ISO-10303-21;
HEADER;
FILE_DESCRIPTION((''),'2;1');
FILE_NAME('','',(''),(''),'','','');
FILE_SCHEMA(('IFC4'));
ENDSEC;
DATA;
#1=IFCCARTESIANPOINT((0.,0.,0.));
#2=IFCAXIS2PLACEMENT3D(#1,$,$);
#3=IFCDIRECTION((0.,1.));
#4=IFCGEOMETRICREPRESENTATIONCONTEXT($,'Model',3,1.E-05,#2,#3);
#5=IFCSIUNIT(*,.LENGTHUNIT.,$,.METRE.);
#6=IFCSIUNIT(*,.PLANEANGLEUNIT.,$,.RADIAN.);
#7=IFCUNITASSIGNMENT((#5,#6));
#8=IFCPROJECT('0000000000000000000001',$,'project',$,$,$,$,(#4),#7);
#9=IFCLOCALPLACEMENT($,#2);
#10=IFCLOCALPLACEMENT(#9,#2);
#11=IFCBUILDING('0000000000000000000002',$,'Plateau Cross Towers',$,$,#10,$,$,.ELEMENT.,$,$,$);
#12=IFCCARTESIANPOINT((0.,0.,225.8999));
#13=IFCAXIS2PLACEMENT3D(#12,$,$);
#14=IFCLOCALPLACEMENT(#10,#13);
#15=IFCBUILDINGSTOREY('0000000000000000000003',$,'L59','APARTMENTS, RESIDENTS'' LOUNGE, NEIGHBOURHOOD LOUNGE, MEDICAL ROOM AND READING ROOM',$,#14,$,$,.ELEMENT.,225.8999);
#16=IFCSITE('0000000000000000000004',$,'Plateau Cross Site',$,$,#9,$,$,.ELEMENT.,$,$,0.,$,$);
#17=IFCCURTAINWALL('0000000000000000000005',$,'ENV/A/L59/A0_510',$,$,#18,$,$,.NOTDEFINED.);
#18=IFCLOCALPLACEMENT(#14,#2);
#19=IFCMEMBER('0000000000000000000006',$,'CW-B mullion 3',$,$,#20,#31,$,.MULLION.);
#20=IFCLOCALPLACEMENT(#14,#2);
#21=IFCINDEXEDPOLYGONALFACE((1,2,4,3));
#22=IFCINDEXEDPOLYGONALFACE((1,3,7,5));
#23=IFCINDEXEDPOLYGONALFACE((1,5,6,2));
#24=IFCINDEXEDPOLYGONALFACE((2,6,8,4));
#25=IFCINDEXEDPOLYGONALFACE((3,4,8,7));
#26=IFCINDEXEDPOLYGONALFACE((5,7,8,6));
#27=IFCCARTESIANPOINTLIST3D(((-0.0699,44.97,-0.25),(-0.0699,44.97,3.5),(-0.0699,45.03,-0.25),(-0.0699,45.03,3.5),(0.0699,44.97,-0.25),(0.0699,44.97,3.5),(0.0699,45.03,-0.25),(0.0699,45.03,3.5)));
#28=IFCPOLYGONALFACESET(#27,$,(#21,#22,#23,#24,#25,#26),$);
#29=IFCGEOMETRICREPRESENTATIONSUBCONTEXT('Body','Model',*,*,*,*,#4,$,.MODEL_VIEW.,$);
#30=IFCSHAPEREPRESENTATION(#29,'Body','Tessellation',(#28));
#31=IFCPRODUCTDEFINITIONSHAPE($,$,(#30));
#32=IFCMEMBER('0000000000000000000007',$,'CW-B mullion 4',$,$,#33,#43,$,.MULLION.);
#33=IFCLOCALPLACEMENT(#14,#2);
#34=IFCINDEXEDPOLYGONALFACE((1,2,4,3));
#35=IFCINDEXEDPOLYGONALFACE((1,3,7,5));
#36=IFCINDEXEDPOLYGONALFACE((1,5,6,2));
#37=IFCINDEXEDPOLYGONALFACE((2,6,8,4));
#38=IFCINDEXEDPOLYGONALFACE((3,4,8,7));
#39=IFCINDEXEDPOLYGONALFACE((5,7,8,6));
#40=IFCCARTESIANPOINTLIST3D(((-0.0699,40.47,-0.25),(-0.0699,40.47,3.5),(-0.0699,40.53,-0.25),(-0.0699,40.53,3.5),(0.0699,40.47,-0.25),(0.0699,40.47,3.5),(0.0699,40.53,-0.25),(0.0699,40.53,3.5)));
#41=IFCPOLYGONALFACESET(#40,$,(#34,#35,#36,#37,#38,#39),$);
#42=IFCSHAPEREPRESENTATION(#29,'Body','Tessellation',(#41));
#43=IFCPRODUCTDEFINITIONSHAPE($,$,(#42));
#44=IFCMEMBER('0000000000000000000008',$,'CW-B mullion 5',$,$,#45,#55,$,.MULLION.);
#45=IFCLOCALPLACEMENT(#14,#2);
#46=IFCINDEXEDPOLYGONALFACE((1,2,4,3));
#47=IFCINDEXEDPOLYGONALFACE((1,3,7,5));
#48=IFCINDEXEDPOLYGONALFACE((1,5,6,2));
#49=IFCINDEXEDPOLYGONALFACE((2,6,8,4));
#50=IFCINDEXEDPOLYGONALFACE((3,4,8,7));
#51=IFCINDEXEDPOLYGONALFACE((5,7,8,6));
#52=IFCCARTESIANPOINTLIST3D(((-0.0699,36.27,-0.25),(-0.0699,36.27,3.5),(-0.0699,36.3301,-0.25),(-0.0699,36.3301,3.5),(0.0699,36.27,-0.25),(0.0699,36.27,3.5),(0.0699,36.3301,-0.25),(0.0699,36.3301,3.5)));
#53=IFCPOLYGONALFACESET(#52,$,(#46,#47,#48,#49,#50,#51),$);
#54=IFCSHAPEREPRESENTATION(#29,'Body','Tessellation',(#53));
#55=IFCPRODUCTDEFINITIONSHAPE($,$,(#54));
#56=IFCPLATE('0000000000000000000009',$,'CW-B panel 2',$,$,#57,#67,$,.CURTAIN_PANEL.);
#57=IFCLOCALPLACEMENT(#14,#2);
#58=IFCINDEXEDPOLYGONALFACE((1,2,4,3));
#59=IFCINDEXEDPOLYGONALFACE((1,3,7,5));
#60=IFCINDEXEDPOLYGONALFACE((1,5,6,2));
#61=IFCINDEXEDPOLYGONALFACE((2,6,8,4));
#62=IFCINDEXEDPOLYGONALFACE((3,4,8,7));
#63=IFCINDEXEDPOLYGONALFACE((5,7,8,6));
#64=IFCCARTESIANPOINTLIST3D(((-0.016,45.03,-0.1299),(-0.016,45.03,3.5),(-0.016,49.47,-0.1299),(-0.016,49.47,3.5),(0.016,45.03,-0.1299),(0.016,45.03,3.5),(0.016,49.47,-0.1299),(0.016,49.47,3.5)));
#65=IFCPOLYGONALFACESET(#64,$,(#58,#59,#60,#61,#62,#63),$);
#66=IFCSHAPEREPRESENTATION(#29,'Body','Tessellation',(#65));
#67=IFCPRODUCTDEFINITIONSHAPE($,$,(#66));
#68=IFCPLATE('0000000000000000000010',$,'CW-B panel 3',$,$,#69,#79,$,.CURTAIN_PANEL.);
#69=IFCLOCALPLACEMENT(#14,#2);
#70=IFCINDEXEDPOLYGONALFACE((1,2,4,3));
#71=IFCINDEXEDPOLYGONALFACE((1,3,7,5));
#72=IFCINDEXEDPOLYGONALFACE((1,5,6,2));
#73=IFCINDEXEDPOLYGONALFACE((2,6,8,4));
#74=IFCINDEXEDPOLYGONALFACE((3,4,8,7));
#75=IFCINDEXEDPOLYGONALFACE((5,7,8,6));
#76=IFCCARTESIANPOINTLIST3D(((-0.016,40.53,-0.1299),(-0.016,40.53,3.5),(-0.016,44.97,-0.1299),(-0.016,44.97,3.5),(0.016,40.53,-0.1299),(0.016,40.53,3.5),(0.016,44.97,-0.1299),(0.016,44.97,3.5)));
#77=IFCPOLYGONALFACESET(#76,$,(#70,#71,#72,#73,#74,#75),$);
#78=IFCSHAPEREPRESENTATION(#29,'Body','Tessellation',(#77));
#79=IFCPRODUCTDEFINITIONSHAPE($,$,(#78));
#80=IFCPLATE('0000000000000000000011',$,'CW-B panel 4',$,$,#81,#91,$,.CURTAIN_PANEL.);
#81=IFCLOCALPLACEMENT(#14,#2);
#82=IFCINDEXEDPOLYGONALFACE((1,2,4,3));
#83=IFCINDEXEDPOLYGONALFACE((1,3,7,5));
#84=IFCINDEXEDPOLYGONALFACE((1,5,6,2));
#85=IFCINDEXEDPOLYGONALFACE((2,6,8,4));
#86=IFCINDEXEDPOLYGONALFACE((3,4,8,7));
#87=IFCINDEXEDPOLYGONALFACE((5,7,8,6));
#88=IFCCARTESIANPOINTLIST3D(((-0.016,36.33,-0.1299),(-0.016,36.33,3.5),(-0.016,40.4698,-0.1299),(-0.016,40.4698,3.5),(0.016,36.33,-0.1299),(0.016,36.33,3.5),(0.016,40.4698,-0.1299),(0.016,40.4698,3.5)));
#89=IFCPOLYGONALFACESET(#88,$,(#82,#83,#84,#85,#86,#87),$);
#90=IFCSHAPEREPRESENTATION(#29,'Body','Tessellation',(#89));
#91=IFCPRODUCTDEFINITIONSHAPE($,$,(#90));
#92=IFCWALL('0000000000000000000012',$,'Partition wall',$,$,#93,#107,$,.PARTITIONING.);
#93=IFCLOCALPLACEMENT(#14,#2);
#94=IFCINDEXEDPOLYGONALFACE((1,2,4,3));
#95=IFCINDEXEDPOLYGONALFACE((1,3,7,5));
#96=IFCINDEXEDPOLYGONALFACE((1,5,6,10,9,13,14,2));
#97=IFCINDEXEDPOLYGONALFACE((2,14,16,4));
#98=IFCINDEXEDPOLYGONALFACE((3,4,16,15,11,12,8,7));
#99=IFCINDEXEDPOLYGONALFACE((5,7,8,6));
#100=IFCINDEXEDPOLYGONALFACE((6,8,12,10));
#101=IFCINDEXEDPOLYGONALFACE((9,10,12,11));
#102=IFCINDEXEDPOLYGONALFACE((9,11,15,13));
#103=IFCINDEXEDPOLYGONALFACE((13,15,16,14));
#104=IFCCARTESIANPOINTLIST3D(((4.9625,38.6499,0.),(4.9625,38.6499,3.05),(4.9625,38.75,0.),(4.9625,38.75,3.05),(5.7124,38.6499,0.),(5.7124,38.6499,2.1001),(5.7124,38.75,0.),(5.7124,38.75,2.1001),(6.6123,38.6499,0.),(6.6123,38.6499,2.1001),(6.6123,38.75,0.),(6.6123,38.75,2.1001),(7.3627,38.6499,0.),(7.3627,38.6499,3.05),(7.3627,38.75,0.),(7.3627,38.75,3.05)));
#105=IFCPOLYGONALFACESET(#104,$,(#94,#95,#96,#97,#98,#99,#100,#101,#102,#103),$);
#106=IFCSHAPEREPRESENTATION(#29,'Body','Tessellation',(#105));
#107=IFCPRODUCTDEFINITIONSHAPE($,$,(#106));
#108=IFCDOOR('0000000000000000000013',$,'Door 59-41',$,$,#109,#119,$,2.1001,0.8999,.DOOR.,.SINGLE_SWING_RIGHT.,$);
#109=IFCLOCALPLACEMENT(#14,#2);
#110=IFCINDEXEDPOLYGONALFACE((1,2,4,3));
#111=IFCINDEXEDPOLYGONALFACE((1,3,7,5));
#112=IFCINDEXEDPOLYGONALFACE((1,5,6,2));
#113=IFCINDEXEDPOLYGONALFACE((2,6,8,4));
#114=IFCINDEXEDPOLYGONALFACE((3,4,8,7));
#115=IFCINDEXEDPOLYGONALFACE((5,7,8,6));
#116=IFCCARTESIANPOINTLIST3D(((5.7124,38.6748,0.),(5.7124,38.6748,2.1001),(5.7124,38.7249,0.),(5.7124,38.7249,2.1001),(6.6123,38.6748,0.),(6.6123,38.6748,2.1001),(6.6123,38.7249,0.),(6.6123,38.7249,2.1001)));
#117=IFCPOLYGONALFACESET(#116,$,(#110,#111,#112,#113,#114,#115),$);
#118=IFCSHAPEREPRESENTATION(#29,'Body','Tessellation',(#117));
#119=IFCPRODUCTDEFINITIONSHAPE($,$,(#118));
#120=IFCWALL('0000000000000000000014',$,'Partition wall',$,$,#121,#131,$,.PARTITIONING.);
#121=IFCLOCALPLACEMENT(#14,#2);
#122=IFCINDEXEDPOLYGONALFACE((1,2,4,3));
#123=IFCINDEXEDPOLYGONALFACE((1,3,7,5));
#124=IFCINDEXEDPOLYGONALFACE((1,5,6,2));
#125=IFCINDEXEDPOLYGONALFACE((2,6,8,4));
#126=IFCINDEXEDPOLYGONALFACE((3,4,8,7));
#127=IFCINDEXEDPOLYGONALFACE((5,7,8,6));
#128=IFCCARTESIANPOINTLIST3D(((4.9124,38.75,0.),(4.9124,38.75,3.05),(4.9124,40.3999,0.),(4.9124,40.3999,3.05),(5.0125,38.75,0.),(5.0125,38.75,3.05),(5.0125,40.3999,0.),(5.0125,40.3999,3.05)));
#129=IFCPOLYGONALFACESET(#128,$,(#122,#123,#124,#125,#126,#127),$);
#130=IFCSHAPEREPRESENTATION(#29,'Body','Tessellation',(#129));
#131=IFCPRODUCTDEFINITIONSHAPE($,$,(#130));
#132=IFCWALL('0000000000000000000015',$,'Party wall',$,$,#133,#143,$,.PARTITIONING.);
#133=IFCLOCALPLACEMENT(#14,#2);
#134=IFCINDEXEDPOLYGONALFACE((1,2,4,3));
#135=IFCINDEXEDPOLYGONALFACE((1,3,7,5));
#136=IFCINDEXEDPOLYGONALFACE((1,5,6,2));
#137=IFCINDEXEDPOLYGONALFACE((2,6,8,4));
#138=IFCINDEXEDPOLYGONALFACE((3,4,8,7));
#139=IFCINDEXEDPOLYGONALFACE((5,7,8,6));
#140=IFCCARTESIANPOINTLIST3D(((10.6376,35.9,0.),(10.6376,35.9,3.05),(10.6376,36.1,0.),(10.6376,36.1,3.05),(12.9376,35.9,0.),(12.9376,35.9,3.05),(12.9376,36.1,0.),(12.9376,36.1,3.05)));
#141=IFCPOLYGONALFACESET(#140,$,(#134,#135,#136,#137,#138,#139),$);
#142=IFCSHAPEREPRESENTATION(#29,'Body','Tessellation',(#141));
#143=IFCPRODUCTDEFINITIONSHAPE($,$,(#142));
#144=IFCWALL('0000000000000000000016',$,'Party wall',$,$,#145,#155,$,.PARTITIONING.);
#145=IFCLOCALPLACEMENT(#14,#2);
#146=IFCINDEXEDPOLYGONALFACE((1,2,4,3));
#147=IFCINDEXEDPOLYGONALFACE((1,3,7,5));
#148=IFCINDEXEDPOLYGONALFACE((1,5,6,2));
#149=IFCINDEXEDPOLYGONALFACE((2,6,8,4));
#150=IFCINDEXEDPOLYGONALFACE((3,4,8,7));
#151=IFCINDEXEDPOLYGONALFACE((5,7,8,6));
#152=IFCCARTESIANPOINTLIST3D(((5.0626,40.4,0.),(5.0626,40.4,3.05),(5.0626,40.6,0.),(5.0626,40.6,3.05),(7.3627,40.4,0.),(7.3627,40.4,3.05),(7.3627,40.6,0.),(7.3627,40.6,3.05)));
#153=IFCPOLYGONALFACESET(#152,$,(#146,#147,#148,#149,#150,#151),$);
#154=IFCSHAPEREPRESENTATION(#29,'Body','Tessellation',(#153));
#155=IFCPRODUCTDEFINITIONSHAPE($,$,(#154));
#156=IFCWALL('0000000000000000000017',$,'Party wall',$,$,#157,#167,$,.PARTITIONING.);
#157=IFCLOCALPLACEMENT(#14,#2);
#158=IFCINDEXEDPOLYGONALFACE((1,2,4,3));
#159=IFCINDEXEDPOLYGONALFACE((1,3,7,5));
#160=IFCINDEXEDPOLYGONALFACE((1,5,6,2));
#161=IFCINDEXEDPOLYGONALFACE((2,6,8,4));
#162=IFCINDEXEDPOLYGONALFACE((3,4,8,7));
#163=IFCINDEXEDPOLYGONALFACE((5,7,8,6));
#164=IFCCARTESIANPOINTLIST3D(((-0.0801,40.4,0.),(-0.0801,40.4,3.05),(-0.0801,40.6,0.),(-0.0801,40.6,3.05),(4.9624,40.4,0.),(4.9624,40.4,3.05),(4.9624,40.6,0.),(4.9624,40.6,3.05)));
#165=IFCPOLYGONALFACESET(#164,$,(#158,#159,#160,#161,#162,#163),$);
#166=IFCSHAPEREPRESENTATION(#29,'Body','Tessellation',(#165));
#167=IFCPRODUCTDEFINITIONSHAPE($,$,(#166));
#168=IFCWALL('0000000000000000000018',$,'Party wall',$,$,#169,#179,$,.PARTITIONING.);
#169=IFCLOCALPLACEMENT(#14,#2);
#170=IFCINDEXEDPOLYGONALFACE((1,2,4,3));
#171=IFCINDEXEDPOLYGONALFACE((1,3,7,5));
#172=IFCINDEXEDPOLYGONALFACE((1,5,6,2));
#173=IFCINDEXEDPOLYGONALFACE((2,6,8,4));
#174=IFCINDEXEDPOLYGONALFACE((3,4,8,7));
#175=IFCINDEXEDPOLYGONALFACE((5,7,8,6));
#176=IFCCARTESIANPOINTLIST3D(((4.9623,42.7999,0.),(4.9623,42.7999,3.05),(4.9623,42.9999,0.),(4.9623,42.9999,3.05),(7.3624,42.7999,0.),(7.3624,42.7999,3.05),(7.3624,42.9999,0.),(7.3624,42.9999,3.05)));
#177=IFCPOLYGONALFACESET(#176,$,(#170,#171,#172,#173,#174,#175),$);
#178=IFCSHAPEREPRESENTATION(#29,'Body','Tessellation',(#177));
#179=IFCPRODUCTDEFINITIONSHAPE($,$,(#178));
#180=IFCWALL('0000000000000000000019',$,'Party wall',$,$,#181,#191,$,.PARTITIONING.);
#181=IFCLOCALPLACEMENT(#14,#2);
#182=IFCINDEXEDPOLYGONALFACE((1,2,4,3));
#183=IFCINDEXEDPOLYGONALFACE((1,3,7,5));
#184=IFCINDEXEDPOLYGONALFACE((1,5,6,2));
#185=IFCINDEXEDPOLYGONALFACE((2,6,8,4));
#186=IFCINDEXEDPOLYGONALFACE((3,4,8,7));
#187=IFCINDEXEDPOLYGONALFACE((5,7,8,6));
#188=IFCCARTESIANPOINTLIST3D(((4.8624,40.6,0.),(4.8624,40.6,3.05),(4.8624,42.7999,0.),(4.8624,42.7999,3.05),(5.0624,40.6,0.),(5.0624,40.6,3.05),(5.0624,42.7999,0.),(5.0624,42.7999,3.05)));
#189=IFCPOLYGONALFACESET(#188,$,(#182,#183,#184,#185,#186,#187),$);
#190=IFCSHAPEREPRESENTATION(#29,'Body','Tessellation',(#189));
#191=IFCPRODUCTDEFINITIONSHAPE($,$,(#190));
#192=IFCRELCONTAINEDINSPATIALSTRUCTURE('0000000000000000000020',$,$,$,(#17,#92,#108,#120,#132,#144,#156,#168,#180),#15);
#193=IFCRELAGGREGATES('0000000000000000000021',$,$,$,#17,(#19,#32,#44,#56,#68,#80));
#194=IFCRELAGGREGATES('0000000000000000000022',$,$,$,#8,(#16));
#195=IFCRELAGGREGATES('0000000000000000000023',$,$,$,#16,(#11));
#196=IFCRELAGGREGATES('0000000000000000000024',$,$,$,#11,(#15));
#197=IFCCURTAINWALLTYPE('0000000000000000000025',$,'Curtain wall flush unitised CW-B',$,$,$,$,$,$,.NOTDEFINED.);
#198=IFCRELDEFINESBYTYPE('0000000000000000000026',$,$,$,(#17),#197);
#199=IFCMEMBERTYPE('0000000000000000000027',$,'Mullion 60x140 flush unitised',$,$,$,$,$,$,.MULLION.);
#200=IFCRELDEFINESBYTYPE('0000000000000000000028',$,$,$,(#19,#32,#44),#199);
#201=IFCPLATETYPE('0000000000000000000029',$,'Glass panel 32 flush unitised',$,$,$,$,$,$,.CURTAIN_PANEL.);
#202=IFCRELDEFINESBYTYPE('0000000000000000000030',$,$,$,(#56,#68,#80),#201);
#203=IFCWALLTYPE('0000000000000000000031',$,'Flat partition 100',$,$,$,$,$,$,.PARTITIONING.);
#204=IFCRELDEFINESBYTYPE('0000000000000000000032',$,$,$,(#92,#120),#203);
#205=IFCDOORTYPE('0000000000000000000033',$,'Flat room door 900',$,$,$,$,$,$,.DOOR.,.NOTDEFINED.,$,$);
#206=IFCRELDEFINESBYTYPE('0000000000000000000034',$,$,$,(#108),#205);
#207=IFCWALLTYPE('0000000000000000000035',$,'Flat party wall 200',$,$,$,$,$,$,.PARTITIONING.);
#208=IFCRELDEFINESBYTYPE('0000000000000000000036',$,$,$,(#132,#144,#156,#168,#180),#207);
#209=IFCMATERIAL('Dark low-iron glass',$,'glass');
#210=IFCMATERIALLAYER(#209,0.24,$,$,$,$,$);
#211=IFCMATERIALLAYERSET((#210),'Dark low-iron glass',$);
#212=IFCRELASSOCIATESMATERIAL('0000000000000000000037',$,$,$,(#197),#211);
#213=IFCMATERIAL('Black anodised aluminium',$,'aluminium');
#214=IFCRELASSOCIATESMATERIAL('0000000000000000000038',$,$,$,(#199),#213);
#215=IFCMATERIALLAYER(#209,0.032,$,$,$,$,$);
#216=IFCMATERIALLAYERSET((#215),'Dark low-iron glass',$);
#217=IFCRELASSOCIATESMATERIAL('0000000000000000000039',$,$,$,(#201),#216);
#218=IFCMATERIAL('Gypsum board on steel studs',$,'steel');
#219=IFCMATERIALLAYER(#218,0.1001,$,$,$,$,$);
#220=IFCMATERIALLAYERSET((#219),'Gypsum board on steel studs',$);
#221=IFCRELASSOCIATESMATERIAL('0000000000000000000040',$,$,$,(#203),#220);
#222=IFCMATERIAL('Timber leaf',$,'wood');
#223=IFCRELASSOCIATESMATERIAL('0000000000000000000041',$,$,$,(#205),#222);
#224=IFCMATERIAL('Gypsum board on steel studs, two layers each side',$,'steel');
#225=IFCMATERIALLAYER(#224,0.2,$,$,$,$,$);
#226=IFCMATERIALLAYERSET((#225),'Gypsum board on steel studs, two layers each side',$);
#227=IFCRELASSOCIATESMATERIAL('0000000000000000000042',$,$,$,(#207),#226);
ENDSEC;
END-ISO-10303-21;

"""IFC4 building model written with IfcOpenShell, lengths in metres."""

from ifc_helpers import new_model, si_unit, direction, frame, frame_2d, origin, origin_2d, place, context, subcontext, project, spatial, rectangle, extrude, material, layer, layer_set, material_profile, profile_set, type_object, element, fill, aggregate, save


model = new_model("IFC4")

# Units and contexts
model_context = context("Model", 3, precision=1e-05, world=origin(), true_north=direction((0.0, 1.0)))
body_context = subcontext(model_context, "Body", "Model", "MODEL_VIEW")
ifc_project = project(units=[si_unit("LENGTHUNIT", "METRE"), si_unit("PLANEANGLEUNIT", "RADIAN")], contexts=[model_context])

# Site, building, storey
site_placement = place(None, origin())
site = spatial("IfcSite", under=ifc_project, at=site_placement, Name="Plateau Cross Site", CompositionType="ELEMENT", RefElevation=0.0)
building_placement = place(site_placement, origin())
building = spatial("IfcBuilding", under=site, at=building_placement, Name="Plateau Cross Towers", CompositionType="ELEMENT")
storey_placement = place(building_placement, frame((0.0, 0.0, 225.8999)))
storey = spatial("IfcBuildingStorey", under=building, at=storey_placement, Name="L59", Description="APARTMENTS, RESIDENTS' LOUNGE, NEIGHBOURHOOD LOUNGE, MEDICAL ROOM AND READING ROOM", CompositionType="ELEMENT", Elevation=225.8999)

# Curtain wall, members, plates
ifc_material_1 = material(Name="Dark low-iron glass", Category="glass")
ifc_layer_1 = layer(ifc_material_1, 0.24)
ifc_layer_set_1 = layer_set([ifc_layer_1], Name="Dark low-iron glass")
curtain_wall_type = type_object("IfcCurtainWallType", Name="Curtain wall flush unitised CW-B", PredefinedType="NOTDEFINED", material=ifc_layer_set_1)
curtain_wall_placement = place(storey_placement, origin())
curtain_wall = element("IfcCurtainWall", 1, at=curtain_wall_placement, inside=storey, type_object=curtain_wall_type, Name="ENV/A/L59/A0_510", PredefinedType="NOTDEFINED")
ifc_material_2 = material(Name="Black anodised aluminium", Category="aluminium")
ifc_material_profile = material_profile(ifc_material_2, rectangle(XDim=0.0601, YDim=0.1399, at=origin_2d()), Name="MULLION 60x140")
ifc_profile_set = profile_set([ifc_material_profile], Name="Black anodised aluminium")
member_type = type_object("IfcMemberType", Name="Mullion 60x140 flush unitised", PredefinedType="MULLION", material=ifc_profile_set)
member_1_placement = place(storey_placement, frame((0.0, 45.0, -0.25), z_axis=(0.0, 0.0, 1.0), x_axis=(0.0, -1.0, 0.0)))
member_1 = element("IfcMember", 2, at=member_1_placement, type_object=member_type, Name="CW-B mullion 3", PredefinedType="MULLION", context=body_context, shape_type="SweptSolid", body=[
    extrude(rectangle(XDim=0.0601, YDim=0.1399, at=origin_2d()), origin(), (0.0, 0.0, 1.0), 3.75),
])
member_2_placement = place(storey_placement, frame((0.0, 40.5, -0.25), z_axis=(0.0, 0.0, 1.0), x_axis=(0.0, -1.0, 0.0)))
member_2 = element("IfcMember", 3, at=member_2_placement, type_object=member_type, Name="CW-B mullion 4", PredefinedType="MULLION", context=body_context, shape_type="SweptSolid", body=[
    extrude(rectangle(XDim=0.0601, YDim=0.1399, at=origin_2d()), origin(), (0.0, 0.0, 1.0), 3.75),
])
member_3_placement = place(storey_placement, frame((0.0, 36.3, -0.25), z_axis=(0.0, 0.0, 1.0), x_axis=(0.0, -1.0, 0.0)))
member_3 = element("IfcMember", 4, at=member_3_placement, type_object=member_type, Name="CW-B mullion 5", PredefinedType="MULLION", context=body_context, shape_type="SweptSolid", body=[
    extrude(rectangle(XDim=0.0601, YDim=0.1399, at=origin_2d()), origin(), (0.0, 0.0, 1.0), 3.75),
])
ifc_layer_2 = layer(ifc_material_1, 0.032)
ifc_layer_set_2 = layer_set([ifc_layer_2], Name="Dark low-iron glass")
plate_type = type_object("IfcPlateType", Name="Glass panel 32 flush unitised", PredefinedType="CURTAIN_PANEL", material=ifc_layer_set_2)
plate_1_placement = place(storey_placement, frame((0.0, 47.25, -0.1299), z_axis=(0.0, 0.0, 1.0), x_axis=(0.0, -1.0, 0.0)))
plate_1 = element("IfcPlate", 5, at=plate_1_placement, type_object=plate_type, Name="CW-B panel 2", PredefinedType="CURTAIN_PANEL", context=body_context, shape_type="SweptSolid", body=[
    extrude(rectangle(XDim=4.4399, YDim=0.032, at=origin_2d()), origin(), (0.0, 0.0, 1.0), 3.6299),
])
plate_2_placement = place(storey_placement, frame((0.0, 42.75, -0.1299), z_axis=(0.0, 0.0, 1.0), x_axis=(0.0, -1.0, 0.0)))
plate_2 = element("IfcPlate", 6, at=plate_2_placement, type_object=plate_type, Name="CW-B panel 3", PredefinedType="CURTAIN_PANEL", context=body_context, shape_type="SweptSolid", body=[
    extrude(rectangle(XDim=4.4399, YDim=0.032, at=origin_2d()), origin(), (0.0, 0.0, 1.0), 3.6299),
])
plate_3_placement = place(storey_placement, frame((0.0, 38.3999, -0.1299), z_axis=(0.0, 0.0, 1.0), x_axis=(0.0, -1.0, 0.0)))
plate_3 = element("IfcPlate", 7, at=plate_3_placement, type_object=plate_type, Name="CW-B panel 4", PredefinedType="CURTAIN_PANEL", context=body_context, shape_type="SweptSolid", body=[
    extrude(rectangle(XDim=4.1399, YDim=0.032, at=origin_2d()), origin(), (0.0, 0.0, 1.0), 3.6299),
])
aggregate(curtain_wall, [member_1, member_2, member_3, plate_1, plate_2, plate_3])

# Wall, opening, door
ifc_material_3 = material(Name="Gypsum board on steel studs", Category="steel")
ifc_layer_3 = layer(ifc_material_3, 0.1001)
ifc_layer_set_3 = layer_set([ifc_layer_3], Name="Gypsum board on steel studs")
wall_type_1 = type_object("IfcWallType", Name="Flat partition 100", PredefinedType="PARTITIONING", material=ifc_layer_set_3)
wall_1_placement = place(storey_placement, frame((4.9624, 38.7, 0.0), z_axis=(0.0, 0.0, 1.0), x_axis=(1.0, 0.0, 0.0)))
wall_1 = element("IfcWall", 8, at=wall_1_placement, inside=storey, type_object=wall_type_1, Name="Partition wall", PredefinedType="PARTITIONING", context=body_context, shape_type="SweptSolid", body=[
    extrude(rectangle(XDim=2.4001, YDim=0.1001, at=frame_2d((1.2002, 0.0))), origin(), (0.0, 0.0, 1.0), 3.05),
])
opening_1_placement = place(wall_1_placement, frame((0.75, 0.0, 0.0)))
opening_1 = element("IfcOpeningElement", 9, at=opening_1_placement, cuts=wall_1, PredefinedType="OPENING", context=body_context, shape_type="SweptSolid", body=[
    extrude(rectangle(XDim=0.8999, YDim=2.1001, at=frame_2d((0.45, 1.05))), frame((0.0, 0.0601, 0.0), z_axis=(0.0, -1.0, 0.0), x_axis=(1.0, 0.0, 0.0)), (0.0, 0.0, 1.0), 0.1201),
])
ifc_material_4 = material(Name="Timber leaf", Category="wood")
door_type_1 = type_object("IfcDoorType", Name="Flat room door 900", OperationType="NOTDEFINED", PredefinedType="DOOR", material=ifc_material_4)
door_1_placement = place(opening_1_placement, origin())
door_1 = element("IfcDoor", 10, at=door_1_placement, inside=storey, type_object=door_type_1, Name="Door 59-41", OperationType="SINGLE_SWING_RIGHT", OverallHeight=2.1001, OverallWidth=0.8999, PredefinedType="DOOR", context=body_context, shape_type="SweptSolid", body=[
    extrude(rectangle(XDim=0.8999, YDim=2.1001, at=frame_2d((0.45, 1.05))), frame((0.0, 0.0249, 0.0), z_axis=(0.0, -1.0, 0.0), x_axis=(1.0, 0.0, 0.0)), (0.0, 0.0, 1.0), 0.05),
])
fill(opening_1, door_1)

# Walls
wall_2_placement = place(storey_placement, frame((4.9624, 40.3999, 0.0), z_axis=(0.0, 0.0, 1.0), x_axis=(0.0, -1.0, 0.0)))
element("IfcWall", 11, at=wall_2_placement, inside=storey, type_object=wall_type_1, Name="Partition wall", PredefinedType="PARTITIONING", context=body_context, shape_type="SweptSolid", body=[
    extrude(rectangle(XDim=1.6499, YDim=0.1001, at=frame_2d((0.825, 0.0))), origin(), (0.0, 0.0, 1.0), 3.05),
])
ifc_material_5 = material(Name="Gypsum board on steel studs, two layers each side", Category="steel")
ifc_layer_4 = layer(ifc_material_5, 0.2)
ifc_layer_set_4 = layer_set([ifc_layer_4], Name="Gypsum board on steel studs, two layers each side")
wall_type_2 = type_object("IfcWallType", Name="Flat party wall 200", PredefinedType="PARTITIONING", material=ifc_layer_set_4)
for number, where, z_axis, x_axis, name in (
    (12, (12.9375, 36.0, 0.0), (0.0, 0.0, 1.0), (-1.0, 0.0, 0.0), "Party wall"),
    (13, (7.3625, 40.5, 0.0), (0.0, 0.0, 1.0), (-1.0, 0.0, 0.0), "Party wall"),
):
    element("IfcWall", number, at=place(storey_placement, frame(where, z_axis=z_axis, x_axis=x_axis)), inside=storey, type_object=wall_type_2, Name=name, PredefinedType="PARTITIONING", context=body_context, shape_type="SweptSolid", body=[
        extrude(rectangle(XDim=2.3, YDim=0.2, at=frame_2d((1.1499, 0.0))), origin(), (0.0, 0.0, 1.0), 3.05),
    ])
wall_3_placement = place(storey_placement, frame((-0.0801, 40.5, 0.0), z_axis=(0.0, 0.0, 1.0), x_axis=(1.0, 0.0, 0.0)))
element("IfcWall", 14, at=wall_3_placement, inside=storey, type_object=wall_type_2, Name="Party wall", PredefinedType="PARTITIONING", context=body_context, shape_type="SweptSolid", body=[
    extrude(rectangle(XDim=5.0425, YDim=0.2, at=frame_2d((2.5212, 0.0))), origin(), (0.0, 0.0, 1.0), 3.05),
])
wall_4_placement = place(storey_placement, frame((7.3625, 42.8999, 0.0), z_axis=(0.0, 0.0, 1.0), x_axis=(-1.0, 0.0, 0.0)))
element("IfcWall", 15, at=wall_4_placement, inside=storey, type_object=wall_type_2, Name="Party wall", PredefinedType="PARTITIONING", context=body_context, shape_type="SweptSolid", body=[
    extrude(rectangle(XDim=2.4001, YDim=0.2, at=frame_2d((1.2002, 0.0))), origin(), (0.0, 0.0, 1.0), 3.05),
])
wall_5_placement = place(storey_placement, frame((4.9624, 42.8, 0.0), z_axis=(0.0, 0.0, 1.0), x_axis=(0.0, -1.0, 0.0)))
element("IfcWall", 16, at=wall_5_placement, inside=storey, type_object=wall_type_2, Name="Party wall", PredefinedType="PARTITIONING", context=body_context, shape_type="SweptSolid", body=[
    extrude(rectangle(XDim=2.2, YDim=0.2, at=frame_2d((1.1001, 0.0))), origin(), (0.0, 0.0, 1.0), 3.05),
])

save(model, "model.ifc")
